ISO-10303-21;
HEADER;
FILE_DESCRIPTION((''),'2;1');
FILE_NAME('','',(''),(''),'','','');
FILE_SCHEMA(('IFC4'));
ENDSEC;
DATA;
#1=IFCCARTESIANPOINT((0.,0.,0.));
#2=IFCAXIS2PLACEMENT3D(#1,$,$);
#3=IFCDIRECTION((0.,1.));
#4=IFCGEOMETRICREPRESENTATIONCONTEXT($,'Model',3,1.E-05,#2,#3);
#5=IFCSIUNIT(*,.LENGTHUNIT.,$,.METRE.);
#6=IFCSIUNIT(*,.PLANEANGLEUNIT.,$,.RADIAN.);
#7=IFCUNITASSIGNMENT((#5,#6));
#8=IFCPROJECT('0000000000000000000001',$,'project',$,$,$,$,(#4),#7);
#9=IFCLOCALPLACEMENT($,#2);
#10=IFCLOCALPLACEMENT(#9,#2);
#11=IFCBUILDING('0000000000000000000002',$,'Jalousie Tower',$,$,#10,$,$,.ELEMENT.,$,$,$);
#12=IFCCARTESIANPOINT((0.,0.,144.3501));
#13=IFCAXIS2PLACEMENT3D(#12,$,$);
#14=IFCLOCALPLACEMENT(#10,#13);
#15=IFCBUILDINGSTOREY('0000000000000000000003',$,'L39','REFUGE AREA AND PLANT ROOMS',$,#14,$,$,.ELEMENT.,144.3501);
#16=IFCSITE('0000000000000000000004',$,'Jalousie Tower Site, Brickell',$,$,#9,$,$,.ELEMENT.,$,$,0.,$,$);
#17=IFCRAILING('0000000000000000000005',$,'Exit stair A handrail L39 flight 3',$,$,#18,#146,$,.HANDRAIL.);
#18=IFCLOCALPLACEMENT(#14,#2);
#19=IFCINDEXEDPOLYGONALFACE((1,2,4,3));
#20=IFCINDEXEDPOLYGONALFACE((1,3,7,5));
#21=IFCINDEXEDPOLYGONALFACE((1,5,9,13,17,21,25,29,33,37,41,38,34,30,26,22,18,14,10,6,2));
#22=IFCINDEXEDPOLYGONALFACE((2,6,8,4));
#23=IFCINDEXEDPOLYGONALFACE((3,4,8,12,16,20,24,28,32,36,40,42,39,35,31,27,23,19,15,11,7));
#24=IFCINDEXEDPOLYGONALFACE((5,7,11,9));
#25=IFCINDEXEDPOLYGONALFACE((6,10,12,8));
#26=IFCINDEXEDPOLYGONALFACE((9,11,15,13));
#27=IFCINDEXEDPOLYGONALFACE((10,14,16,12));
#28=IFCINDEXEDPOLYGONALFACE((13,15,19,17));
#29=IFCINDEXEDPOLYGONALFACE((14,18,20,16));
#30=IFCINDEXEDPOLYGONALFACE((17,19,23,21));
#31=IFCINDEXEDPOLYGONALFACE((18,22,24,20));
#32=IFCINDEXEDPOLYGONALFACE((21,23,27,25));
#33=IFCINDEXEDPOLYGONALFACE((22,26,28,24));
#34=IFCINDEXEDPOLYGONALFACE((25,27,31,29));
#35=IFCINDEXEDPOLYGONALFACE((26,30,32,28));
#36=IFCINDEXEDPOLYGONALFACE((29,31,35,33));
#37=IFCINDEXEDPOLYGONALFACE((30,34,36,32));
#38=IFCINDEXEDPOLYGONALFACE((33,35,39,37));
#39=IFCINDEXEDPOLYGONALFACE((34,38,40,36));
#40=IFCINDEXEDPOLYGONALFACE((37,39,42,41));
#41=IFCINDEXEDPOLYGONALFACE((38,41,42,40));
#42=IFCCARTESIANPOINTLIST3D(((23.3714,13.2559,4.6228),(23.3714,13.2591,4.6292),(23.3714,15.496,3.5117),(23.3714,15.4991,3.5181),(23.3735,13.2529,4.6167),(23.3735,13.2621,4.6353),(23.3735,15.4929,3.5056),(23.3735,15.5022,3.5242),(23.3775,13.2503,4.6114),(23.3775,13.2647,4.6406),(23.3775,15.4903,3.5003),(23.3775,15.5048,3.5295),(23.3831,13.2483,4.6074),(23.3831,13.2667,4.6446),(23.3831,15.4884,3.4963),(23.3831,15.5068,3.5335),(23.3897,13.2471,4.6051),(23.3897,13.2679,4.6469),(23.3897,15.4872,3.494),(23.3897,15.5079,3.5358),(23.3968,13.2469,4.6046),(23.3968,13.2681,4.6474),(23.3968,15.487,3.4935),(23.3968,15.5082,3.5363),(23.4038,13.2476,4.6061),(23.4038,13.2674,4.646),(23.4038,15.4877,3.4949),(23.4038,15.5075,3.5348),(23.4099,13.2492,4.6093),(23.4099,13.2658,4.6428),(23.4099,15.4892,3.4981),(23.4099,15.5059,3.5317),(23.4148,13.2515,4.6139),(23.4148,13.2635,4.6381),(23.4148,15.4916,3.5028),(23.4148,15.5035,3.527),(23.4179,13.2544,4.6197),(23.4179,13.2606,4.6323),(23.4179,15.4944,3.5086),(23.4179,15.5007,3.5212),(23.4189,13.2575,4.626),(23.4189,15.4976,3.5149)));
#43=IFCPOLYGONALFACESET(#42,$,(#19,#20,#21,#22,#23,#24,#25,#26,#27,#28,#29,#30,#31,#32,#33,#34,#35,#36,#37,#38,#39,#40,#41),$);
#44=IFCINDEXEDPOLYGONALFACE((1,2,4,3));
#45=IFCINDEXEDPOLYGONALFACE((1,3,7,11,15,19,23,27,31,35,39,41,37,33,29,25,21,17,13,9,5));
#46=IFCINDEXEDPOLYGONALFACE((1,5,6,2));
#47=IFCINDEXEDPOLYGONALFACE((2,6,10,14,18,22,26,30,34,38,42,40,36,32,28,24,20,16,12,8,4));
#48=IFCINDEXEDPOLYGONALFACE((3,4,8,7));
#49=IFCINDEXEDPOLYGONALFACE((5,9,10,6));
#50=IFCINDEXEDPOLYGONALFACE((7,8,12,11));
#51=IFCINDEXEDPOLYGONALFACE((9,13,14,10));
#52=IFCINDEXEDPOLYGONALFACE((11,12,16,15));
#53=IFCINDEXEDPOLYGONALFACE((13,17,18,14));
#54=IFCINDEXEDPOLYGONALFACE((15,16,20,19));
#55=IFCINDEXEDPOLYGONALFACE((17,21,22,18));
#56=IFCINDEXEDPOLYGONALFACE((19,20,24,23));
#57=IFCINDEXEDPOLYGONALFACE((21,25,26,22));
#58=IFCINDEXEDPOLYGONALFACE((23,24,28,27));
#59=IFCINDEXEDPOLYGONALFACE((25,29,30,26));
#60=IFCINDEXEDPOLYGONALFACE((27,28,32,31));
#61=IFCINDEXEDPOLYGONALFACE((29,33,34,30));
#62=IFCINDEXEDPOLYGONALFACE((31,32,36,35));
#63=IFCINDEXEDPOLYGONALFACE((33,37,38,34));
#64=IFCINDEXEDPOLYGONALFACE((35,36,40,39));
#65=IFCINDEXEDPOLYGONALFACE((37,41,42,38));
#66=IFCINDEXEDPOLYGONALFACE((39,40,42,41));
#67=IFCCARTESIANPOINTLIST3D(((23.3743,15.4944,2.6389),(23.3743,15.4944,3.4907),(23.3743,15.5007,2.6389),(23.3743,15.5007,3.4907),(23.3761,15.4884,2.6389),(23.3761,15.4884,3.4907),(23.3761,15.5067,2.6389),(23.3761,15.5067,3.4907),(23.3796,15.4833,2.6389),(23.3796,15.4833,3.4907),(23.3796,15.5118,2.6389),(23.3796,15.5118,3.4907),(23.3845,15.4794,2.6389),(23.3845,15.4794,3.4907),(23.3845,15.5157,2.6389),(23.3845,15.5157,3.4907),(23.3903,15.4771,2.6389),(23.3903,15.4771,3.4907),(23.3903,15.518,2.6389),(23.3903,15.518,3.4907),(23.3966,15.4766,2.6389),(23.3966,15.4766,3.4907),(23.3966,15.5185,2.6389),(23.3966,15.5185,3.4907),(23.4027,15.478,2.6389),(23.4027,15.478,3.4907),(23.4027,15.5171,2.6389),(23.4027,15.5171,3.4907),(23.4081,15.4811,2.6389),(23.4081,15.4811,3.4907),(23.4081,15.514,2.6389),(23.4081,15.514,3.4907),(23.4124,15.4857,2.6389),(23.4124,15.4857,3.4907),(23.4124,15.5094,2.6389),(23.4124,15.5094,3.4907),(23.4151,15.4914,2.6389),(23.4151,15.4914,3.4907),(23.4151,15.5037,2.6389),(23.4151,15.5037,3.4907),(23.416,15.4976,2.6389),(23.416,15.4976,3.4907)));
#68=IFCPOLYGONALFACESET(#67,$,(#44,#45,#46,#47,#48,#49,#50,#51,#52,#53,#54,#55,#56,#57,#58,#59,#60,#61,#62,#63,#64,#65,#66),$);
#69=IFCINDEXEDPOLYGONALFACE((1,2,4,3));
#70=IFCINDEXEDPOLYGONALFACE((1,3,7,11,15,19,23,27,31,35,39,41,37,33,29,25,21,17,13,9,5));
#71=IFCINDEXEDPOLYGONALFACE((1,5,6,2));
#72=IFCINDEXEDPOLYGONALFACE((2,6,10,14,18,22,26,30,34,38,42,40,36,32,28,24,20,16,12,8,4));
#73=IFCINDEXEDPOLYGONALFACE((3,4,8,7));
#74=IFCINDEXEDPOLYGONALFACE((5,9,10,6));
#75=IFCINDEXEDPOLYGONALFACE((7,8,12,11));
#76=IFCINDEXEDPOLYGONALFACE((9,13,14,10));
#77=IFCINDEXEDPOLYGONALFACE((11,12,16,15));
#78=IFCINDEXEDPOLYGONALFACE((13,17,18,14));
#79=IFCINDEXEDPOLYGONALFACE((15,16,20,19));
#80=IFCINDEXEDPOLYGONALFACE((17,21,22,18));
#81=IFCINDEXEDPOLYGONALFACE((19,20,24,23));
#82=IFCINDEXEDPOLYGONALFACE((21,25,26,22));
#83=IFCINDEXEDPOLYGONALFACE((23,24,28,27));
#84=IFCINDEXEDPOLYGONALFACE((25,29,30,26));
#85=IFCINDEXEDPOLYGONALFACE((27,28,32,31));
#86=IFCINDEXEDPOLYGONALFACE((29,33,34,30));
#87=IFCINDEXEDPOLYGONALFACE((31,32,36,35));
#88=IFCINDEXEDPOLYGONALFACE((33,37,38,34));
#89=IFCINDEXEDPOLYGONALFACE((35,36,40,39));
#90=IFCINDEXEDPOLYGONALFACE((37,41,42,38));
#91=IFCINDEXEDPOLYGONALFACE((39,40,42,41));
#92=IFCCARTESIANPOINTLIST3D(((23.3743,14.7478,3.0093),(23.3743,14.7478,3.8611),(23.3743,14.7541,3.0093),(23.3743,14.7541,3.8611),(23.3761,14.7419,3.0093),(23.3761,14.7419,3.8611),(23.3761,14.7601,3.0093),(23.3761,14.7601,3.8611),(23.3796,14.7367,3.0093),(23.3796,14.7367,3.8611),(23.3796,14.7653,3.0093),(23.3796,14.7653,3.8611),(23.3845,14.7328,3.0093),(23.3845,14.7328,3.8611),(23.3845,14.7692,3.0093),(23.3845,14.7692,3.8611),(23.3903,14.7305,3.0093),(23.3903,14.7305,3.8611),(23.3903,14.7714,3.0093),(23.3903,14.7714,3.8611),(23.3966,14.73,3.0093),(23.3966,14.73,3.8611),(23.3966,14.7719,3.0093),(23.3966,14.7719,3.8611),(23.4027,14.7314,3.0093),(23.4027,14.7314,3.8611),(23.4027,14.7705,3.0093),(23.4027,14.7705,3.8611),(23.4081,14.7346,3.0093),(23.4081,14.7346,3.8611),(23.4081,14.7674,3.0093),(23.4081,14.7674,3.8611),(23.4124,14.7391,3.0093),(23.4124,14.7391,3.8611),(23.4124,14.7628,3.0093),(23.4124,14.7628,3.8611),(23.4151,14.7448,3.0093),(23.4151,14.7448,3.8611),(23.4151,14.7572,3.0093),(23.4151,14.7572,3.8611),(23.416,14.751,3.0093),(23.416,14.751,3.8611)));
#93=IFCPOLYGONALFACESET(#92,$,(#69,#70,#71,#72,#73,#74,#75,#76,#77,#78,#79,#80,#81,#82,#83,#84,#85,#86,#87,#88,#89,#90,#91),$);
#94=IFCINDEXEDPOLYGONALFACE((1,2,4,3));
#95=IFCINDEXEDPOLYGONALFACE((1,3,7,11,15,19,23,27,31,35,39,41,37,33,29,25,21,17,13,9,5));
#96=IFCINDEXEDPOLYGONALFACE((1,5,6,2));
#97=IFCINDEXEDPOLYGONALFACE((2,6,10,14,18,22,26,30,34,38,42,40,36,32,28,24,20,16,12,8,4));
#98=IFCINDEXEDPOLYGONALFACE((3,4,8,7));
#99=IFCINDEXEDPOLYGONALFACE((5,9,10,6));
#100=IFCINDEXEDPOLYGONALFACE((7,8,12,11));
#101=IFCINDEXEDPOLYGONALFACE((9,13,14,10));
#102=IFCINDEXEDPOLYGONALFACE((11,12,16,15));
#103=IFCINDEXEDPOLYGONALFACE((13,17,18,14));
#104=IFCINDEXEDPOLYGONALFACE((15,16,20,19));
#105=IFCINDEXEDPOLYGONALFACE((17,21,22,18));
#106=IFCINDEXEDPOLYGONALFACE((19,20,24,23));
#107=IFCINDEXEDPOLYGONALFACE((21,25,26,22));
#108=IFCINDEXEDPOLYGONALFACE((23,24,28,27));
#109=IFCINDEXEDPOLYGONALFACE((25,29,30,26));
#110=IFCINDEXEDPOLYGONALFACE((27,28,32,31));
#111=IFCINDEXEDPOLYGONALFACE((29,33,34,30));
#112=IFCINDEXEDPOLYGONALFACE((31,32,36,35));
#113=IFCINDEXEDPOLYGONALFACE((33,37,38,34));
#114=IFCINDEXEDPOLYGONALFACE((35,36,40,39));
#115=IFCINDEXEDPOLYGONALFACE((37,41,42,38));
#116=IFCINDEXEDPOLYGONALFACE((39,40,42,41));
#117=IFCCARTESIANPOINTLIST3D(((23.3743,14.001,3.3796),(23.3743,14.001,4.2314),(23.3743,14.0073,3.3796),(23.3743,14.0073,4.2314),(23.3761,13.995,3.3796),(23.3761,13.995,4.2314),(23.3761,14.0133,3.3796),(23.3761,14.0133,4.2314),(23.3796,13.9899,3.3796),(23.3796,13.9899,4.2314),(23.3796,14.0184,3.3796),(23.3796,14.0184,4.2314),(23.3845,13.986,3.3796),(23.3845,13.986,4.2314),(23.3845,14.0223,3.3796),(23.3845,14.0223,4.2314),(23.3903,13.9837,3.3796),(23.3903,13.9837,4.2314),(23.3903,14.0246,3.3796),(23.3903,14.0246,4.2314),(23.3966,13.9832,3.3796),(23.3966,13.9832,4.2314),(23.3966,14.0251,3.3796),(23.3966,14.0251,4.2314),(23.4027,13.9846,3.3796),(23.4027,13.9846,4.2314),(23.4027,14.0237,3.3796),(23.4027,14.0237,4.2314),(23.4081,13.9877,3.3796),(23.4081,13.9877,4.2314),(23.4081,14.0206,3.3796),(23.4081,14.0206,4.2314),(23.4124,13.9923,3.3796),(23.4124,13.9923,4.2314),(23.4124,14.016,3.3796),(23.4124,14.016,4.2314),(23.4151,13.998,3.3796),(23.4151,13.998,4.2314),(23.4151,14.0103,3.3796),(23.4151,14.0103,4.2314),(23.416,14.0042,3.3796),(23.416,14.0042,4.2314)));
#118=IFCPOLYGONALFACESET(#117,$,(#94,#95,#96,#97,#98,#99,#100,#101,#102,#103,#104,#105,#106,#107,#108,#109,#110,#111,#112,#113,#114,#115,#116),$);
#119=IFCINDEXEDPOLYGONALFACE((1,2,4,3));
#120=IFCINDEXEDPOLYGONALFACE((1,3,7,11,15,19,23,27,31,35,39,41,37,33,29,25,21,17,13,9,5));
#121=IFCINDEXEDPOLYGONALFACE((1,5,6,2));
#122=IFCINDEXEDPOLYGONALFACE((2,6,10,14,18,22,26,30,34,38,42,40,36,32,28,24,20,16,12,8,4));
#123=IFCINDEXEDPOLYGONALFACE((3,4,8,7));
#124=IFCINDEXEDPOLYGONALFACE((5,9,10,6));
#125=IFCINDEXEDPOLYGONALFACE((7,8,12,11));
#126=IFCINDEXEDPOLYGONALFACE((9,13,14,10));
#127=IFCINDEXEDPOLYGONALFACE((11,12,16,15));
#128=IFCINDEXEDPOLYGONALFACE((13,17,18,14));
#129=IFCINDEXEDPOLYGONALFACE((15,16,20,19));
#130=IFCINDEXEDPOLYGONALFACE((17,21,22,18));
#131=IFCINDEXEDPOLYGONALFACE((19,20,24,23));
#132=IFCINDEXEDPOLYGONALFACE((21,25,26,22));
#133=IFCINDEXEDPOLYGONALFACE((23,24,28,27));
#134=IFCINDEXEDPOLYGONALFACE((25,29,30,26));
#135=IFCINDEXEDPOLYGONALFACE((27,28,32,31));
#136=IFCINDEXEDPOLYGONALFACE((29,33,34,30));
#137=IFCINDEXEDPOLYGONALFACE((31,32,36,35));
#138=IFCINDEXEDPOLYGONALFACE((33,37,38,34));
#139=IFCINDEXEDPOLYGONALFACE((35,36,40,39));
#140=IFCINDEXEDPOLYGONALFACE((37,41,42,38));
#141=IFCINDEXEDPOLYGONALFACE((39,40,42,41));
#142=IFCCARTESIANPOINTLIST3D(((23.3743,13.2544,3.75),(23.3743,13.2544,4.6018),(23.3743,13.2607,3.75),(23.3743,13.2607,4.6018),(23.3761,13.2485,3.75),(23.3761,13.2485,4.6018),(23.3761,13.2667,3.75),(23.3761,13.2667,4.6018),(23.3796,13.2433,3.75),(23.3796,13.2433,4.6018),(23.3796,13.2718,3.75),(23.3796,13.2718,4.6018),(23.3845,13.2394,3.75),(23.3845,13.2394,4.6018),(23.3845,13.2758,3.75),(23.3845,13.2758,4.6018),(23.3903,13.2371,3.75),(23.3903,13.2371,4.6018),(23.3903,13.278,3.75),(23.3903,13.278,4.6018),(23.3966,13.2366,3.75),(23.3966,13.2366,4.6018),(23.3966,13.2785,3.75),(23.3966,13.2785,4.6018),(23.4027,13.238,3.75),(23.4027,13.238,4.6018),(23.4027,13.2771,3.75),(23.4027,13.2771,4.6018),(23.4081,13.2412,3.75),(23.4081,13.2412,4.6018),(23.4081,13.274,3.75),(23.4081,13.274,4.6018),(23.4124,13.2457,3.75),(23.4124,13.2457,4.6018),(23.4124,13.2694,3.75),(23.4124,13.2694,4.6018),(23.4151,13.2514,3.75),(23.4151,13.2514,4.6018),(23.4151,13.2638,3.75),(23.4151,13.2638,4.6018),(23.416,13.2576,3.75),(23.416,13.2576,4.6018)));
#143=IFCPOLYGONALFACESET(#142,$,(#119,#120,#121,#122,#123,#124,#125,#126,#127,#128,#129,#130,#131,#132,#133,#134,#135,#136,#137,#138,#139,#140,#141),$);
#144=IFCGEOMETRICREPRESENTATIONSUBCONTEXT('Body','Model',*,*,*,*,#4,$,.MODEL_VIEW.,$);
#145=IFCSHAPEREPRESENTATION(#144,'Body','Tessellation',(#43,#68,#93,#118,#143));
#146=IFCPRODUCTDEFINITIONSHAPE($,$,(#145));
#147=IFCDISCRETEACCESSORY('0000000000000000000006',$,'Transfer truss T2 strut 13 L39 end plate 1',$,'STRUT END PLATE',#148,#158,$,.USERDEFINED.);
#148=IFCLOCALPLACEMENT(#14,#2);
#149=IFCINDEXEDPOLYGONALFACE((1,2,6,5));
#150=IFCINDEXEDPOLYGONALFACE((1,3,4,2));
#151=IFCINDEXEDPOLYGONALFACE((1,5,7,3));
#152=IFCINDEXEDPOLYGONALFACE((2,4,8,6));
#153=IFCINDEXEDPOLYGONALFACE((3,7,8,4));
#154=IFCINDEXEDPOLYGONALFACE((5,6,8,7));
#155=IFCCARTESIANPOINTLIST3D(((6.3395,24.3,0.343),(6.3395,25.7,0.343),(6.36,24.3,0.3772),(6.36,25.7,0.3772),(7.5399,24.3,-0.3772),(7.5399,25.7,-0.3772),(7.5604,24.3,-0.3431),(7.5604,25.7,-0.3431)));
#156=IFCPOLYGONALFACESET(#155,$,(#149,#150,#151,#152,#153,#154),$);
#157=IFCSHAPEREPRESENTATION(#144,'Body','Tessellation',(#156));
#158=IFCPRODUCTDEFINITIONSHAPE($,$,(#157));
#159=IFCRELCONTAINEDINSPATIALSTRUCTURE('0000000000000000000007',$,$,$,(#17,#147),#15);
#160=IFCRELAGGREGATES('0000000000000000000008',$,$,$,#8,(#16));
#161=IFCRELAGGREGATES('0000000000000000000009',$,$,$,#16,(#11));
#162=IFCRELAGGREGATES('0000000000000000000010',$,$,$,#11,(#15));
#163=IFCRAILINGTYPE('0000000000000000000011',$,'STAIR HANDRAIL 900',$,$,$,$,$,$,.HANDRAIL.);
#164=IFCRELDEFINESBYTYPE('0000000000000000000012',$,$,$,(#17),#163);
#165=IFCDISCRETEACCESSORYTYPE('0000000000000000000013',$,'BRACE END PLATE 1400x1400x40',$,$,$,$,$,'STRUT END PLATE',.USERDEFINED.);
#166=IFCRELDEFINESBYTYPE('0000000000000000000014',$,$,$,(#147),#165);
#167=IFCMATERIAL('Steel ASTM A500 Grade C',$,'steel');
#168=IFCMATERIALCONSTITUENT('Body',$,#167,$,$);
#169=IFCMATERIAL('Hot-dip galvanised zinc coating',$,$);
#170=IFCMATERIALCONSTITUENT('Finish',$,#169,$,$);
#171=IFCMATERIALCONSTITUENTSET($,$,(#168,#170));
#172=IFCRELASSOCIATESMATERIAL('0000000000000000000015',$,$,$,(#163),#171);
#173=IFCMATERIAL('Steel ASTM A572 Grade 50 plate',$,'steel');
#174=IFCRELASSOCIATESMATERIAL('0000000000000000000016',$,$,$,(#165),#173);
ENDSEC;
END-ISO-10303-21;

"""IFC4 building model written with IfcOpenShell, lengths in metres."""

from ifc_helpers import new_model, si_unit, direction, frame, origin, origin_2d, place, context, subcontext, project, spatial, rectangle, circle, extrude, material, constituent, constituent_set, material_profile, profile_set, type_object, element, save


model = new_model("IFC4")

# Units and contexts
model_context = context("Model", 3, precision=1e-05, world=origin(), true_north=direction((0.0, 1.0)))
body_context = subcontext(model_context, "Body", "Model", "MODEL_VIEW")
ifc_project = project(units=[si_unit("LENGTHUNIT", "METRE"), si_unit("PLANEANGLEUNIT", "RADIAN")], contexts=[model_context])

# Site, building, storey
site_placement = place(None, origin())
site = spatial("IfcSite", under=ifc_project, at=site_placement, Name="Jalousie Tower Site, Brickell", CompositionType="ELEMENT", RefElevation=0.0)
building_placement = place(site_placement, origin())
building = spatial("IfcBuilding", under=site, at=building_placement, Name="Jalousie Tower", CompositionType="ELEMENT")
storey_placement = place(building_placement, frame((0.0, 0.0, 144.3501)))
storey = spatial("IfcBuildingStorey", under=building, at=storey_placement, Name="L39", Description="REFUGE AREA AND PLANT ROOMS", CompositionType="ELEMENT", Elevation=144.3501)

# Railing
ifc_material_1 = material(Name="Steel ASTM A500 Grade C", Category="steel")
ifc_constituent_1 = constituent(ifc_material_1, Name="Body")
ifc_material_2 = material(Name="Hot-dip galvanised zinc coating")
ifc_constituent_2 = constituent(ifc_material_2, Name="Finish")
ifc_constituent_set = constituent_set(constituents=[ifc_constituent_1, ifc_constituent_2])
railing_type_1 = type_object("IfcRailingType", Name="STAIR HANDRAIL 900", PredefinedType="HANDRAIL", material=ifc_constituent_set)
for number, where, name in (
    (1, (23.395, 15.4976, 2.6389), "Exit stair A handrail L39 flight 3"),
):
    element("IfcRailing", number, at=place(storey_placement, frame(where)), inside=storey, type_object=railing_type_1, Name=name, PredefinedType="HANDRAIL", context=body_context, shape_type="SweptSolid", body=[
        extrude(circle(Radius=0.0239, at=origin_2d()), frame((0.0, 0.0, 0.876), z_axis=(0.0, -0.895848, 0.44436), x_axis=(1.0, 0.0, 0.0)), (0.0, 0.0, 1.0), 2.5005),
        extrude(circle(Radius=0.021, at=origin_2d()), origin(), (0.0, 0.0, 1.0), 0.8518),
        extrude(circle(Radius=0.021, at=origin_2d()), frame((0.0, -0.7466, 0.3704)), (0.0, 0.0, 1.0), 0.8518),
        extrude(circle(Radius=0.021, at=origin_2d()), frame((0.0, -1.4934, 0.7407)), (0.0, 0.0, 1.0), 0.8518),
        extrude(circle(Radius=0.021, at=origin_2d()), frame((0.0, -2.24, 1.1111)), (0.0, 0.0, 1.0), 0.8518),
    ])

# Discrete accessory
ifc_material_3 = material(Name="Steel ASTM A572 Grade 50 plate", Category="steel")
ifc_material_profile_1 = material_profile(ifc_material_3, rectangle(XDim=1.3999, YDim=1.3999, at=origin_2d()), Name="BRACE END PLATE 1400x1400x40")
ifc_profile_set_1 = profile_set([ifc_material_profile_1], Name="Steel ASTM A572 Grade 50 plate")
discrete_accessory_type = type_object("IfcDiscreteAccessoryType", Name="BRACE END PLATE 1400x1400x40", ElementType="STRUT END PLATE", PredefinedType="USERDEFINED", material=ifc_profile_set_1)
discrete_accessory_placement = place(storey_placement, frame((6.9397, 25.0, -0.0171), z_axis=(0.514496, 0.0, 0.857493), x_axis=(0.0, 1.0, 0.0)))
element("IfcDiscreteAccessory", 2, at=discrete_accessory_placement, inside=storey, type_object=discrete_accessory_type, Name="Transfer truss T2 strut 13 L39 end plate 1", ObjectType="STRUT END PLATE", PredefinedType="USERDEFINED", context=body_context, shape_type="SweptSolid", body=[
    extrude(rectangle(XDim=1.3999, YDim=1.3999, at=origin_2d()), origin(), (0.0, 0.0, 1.0), 0.0398),
])

save(model, "model.ifc")
